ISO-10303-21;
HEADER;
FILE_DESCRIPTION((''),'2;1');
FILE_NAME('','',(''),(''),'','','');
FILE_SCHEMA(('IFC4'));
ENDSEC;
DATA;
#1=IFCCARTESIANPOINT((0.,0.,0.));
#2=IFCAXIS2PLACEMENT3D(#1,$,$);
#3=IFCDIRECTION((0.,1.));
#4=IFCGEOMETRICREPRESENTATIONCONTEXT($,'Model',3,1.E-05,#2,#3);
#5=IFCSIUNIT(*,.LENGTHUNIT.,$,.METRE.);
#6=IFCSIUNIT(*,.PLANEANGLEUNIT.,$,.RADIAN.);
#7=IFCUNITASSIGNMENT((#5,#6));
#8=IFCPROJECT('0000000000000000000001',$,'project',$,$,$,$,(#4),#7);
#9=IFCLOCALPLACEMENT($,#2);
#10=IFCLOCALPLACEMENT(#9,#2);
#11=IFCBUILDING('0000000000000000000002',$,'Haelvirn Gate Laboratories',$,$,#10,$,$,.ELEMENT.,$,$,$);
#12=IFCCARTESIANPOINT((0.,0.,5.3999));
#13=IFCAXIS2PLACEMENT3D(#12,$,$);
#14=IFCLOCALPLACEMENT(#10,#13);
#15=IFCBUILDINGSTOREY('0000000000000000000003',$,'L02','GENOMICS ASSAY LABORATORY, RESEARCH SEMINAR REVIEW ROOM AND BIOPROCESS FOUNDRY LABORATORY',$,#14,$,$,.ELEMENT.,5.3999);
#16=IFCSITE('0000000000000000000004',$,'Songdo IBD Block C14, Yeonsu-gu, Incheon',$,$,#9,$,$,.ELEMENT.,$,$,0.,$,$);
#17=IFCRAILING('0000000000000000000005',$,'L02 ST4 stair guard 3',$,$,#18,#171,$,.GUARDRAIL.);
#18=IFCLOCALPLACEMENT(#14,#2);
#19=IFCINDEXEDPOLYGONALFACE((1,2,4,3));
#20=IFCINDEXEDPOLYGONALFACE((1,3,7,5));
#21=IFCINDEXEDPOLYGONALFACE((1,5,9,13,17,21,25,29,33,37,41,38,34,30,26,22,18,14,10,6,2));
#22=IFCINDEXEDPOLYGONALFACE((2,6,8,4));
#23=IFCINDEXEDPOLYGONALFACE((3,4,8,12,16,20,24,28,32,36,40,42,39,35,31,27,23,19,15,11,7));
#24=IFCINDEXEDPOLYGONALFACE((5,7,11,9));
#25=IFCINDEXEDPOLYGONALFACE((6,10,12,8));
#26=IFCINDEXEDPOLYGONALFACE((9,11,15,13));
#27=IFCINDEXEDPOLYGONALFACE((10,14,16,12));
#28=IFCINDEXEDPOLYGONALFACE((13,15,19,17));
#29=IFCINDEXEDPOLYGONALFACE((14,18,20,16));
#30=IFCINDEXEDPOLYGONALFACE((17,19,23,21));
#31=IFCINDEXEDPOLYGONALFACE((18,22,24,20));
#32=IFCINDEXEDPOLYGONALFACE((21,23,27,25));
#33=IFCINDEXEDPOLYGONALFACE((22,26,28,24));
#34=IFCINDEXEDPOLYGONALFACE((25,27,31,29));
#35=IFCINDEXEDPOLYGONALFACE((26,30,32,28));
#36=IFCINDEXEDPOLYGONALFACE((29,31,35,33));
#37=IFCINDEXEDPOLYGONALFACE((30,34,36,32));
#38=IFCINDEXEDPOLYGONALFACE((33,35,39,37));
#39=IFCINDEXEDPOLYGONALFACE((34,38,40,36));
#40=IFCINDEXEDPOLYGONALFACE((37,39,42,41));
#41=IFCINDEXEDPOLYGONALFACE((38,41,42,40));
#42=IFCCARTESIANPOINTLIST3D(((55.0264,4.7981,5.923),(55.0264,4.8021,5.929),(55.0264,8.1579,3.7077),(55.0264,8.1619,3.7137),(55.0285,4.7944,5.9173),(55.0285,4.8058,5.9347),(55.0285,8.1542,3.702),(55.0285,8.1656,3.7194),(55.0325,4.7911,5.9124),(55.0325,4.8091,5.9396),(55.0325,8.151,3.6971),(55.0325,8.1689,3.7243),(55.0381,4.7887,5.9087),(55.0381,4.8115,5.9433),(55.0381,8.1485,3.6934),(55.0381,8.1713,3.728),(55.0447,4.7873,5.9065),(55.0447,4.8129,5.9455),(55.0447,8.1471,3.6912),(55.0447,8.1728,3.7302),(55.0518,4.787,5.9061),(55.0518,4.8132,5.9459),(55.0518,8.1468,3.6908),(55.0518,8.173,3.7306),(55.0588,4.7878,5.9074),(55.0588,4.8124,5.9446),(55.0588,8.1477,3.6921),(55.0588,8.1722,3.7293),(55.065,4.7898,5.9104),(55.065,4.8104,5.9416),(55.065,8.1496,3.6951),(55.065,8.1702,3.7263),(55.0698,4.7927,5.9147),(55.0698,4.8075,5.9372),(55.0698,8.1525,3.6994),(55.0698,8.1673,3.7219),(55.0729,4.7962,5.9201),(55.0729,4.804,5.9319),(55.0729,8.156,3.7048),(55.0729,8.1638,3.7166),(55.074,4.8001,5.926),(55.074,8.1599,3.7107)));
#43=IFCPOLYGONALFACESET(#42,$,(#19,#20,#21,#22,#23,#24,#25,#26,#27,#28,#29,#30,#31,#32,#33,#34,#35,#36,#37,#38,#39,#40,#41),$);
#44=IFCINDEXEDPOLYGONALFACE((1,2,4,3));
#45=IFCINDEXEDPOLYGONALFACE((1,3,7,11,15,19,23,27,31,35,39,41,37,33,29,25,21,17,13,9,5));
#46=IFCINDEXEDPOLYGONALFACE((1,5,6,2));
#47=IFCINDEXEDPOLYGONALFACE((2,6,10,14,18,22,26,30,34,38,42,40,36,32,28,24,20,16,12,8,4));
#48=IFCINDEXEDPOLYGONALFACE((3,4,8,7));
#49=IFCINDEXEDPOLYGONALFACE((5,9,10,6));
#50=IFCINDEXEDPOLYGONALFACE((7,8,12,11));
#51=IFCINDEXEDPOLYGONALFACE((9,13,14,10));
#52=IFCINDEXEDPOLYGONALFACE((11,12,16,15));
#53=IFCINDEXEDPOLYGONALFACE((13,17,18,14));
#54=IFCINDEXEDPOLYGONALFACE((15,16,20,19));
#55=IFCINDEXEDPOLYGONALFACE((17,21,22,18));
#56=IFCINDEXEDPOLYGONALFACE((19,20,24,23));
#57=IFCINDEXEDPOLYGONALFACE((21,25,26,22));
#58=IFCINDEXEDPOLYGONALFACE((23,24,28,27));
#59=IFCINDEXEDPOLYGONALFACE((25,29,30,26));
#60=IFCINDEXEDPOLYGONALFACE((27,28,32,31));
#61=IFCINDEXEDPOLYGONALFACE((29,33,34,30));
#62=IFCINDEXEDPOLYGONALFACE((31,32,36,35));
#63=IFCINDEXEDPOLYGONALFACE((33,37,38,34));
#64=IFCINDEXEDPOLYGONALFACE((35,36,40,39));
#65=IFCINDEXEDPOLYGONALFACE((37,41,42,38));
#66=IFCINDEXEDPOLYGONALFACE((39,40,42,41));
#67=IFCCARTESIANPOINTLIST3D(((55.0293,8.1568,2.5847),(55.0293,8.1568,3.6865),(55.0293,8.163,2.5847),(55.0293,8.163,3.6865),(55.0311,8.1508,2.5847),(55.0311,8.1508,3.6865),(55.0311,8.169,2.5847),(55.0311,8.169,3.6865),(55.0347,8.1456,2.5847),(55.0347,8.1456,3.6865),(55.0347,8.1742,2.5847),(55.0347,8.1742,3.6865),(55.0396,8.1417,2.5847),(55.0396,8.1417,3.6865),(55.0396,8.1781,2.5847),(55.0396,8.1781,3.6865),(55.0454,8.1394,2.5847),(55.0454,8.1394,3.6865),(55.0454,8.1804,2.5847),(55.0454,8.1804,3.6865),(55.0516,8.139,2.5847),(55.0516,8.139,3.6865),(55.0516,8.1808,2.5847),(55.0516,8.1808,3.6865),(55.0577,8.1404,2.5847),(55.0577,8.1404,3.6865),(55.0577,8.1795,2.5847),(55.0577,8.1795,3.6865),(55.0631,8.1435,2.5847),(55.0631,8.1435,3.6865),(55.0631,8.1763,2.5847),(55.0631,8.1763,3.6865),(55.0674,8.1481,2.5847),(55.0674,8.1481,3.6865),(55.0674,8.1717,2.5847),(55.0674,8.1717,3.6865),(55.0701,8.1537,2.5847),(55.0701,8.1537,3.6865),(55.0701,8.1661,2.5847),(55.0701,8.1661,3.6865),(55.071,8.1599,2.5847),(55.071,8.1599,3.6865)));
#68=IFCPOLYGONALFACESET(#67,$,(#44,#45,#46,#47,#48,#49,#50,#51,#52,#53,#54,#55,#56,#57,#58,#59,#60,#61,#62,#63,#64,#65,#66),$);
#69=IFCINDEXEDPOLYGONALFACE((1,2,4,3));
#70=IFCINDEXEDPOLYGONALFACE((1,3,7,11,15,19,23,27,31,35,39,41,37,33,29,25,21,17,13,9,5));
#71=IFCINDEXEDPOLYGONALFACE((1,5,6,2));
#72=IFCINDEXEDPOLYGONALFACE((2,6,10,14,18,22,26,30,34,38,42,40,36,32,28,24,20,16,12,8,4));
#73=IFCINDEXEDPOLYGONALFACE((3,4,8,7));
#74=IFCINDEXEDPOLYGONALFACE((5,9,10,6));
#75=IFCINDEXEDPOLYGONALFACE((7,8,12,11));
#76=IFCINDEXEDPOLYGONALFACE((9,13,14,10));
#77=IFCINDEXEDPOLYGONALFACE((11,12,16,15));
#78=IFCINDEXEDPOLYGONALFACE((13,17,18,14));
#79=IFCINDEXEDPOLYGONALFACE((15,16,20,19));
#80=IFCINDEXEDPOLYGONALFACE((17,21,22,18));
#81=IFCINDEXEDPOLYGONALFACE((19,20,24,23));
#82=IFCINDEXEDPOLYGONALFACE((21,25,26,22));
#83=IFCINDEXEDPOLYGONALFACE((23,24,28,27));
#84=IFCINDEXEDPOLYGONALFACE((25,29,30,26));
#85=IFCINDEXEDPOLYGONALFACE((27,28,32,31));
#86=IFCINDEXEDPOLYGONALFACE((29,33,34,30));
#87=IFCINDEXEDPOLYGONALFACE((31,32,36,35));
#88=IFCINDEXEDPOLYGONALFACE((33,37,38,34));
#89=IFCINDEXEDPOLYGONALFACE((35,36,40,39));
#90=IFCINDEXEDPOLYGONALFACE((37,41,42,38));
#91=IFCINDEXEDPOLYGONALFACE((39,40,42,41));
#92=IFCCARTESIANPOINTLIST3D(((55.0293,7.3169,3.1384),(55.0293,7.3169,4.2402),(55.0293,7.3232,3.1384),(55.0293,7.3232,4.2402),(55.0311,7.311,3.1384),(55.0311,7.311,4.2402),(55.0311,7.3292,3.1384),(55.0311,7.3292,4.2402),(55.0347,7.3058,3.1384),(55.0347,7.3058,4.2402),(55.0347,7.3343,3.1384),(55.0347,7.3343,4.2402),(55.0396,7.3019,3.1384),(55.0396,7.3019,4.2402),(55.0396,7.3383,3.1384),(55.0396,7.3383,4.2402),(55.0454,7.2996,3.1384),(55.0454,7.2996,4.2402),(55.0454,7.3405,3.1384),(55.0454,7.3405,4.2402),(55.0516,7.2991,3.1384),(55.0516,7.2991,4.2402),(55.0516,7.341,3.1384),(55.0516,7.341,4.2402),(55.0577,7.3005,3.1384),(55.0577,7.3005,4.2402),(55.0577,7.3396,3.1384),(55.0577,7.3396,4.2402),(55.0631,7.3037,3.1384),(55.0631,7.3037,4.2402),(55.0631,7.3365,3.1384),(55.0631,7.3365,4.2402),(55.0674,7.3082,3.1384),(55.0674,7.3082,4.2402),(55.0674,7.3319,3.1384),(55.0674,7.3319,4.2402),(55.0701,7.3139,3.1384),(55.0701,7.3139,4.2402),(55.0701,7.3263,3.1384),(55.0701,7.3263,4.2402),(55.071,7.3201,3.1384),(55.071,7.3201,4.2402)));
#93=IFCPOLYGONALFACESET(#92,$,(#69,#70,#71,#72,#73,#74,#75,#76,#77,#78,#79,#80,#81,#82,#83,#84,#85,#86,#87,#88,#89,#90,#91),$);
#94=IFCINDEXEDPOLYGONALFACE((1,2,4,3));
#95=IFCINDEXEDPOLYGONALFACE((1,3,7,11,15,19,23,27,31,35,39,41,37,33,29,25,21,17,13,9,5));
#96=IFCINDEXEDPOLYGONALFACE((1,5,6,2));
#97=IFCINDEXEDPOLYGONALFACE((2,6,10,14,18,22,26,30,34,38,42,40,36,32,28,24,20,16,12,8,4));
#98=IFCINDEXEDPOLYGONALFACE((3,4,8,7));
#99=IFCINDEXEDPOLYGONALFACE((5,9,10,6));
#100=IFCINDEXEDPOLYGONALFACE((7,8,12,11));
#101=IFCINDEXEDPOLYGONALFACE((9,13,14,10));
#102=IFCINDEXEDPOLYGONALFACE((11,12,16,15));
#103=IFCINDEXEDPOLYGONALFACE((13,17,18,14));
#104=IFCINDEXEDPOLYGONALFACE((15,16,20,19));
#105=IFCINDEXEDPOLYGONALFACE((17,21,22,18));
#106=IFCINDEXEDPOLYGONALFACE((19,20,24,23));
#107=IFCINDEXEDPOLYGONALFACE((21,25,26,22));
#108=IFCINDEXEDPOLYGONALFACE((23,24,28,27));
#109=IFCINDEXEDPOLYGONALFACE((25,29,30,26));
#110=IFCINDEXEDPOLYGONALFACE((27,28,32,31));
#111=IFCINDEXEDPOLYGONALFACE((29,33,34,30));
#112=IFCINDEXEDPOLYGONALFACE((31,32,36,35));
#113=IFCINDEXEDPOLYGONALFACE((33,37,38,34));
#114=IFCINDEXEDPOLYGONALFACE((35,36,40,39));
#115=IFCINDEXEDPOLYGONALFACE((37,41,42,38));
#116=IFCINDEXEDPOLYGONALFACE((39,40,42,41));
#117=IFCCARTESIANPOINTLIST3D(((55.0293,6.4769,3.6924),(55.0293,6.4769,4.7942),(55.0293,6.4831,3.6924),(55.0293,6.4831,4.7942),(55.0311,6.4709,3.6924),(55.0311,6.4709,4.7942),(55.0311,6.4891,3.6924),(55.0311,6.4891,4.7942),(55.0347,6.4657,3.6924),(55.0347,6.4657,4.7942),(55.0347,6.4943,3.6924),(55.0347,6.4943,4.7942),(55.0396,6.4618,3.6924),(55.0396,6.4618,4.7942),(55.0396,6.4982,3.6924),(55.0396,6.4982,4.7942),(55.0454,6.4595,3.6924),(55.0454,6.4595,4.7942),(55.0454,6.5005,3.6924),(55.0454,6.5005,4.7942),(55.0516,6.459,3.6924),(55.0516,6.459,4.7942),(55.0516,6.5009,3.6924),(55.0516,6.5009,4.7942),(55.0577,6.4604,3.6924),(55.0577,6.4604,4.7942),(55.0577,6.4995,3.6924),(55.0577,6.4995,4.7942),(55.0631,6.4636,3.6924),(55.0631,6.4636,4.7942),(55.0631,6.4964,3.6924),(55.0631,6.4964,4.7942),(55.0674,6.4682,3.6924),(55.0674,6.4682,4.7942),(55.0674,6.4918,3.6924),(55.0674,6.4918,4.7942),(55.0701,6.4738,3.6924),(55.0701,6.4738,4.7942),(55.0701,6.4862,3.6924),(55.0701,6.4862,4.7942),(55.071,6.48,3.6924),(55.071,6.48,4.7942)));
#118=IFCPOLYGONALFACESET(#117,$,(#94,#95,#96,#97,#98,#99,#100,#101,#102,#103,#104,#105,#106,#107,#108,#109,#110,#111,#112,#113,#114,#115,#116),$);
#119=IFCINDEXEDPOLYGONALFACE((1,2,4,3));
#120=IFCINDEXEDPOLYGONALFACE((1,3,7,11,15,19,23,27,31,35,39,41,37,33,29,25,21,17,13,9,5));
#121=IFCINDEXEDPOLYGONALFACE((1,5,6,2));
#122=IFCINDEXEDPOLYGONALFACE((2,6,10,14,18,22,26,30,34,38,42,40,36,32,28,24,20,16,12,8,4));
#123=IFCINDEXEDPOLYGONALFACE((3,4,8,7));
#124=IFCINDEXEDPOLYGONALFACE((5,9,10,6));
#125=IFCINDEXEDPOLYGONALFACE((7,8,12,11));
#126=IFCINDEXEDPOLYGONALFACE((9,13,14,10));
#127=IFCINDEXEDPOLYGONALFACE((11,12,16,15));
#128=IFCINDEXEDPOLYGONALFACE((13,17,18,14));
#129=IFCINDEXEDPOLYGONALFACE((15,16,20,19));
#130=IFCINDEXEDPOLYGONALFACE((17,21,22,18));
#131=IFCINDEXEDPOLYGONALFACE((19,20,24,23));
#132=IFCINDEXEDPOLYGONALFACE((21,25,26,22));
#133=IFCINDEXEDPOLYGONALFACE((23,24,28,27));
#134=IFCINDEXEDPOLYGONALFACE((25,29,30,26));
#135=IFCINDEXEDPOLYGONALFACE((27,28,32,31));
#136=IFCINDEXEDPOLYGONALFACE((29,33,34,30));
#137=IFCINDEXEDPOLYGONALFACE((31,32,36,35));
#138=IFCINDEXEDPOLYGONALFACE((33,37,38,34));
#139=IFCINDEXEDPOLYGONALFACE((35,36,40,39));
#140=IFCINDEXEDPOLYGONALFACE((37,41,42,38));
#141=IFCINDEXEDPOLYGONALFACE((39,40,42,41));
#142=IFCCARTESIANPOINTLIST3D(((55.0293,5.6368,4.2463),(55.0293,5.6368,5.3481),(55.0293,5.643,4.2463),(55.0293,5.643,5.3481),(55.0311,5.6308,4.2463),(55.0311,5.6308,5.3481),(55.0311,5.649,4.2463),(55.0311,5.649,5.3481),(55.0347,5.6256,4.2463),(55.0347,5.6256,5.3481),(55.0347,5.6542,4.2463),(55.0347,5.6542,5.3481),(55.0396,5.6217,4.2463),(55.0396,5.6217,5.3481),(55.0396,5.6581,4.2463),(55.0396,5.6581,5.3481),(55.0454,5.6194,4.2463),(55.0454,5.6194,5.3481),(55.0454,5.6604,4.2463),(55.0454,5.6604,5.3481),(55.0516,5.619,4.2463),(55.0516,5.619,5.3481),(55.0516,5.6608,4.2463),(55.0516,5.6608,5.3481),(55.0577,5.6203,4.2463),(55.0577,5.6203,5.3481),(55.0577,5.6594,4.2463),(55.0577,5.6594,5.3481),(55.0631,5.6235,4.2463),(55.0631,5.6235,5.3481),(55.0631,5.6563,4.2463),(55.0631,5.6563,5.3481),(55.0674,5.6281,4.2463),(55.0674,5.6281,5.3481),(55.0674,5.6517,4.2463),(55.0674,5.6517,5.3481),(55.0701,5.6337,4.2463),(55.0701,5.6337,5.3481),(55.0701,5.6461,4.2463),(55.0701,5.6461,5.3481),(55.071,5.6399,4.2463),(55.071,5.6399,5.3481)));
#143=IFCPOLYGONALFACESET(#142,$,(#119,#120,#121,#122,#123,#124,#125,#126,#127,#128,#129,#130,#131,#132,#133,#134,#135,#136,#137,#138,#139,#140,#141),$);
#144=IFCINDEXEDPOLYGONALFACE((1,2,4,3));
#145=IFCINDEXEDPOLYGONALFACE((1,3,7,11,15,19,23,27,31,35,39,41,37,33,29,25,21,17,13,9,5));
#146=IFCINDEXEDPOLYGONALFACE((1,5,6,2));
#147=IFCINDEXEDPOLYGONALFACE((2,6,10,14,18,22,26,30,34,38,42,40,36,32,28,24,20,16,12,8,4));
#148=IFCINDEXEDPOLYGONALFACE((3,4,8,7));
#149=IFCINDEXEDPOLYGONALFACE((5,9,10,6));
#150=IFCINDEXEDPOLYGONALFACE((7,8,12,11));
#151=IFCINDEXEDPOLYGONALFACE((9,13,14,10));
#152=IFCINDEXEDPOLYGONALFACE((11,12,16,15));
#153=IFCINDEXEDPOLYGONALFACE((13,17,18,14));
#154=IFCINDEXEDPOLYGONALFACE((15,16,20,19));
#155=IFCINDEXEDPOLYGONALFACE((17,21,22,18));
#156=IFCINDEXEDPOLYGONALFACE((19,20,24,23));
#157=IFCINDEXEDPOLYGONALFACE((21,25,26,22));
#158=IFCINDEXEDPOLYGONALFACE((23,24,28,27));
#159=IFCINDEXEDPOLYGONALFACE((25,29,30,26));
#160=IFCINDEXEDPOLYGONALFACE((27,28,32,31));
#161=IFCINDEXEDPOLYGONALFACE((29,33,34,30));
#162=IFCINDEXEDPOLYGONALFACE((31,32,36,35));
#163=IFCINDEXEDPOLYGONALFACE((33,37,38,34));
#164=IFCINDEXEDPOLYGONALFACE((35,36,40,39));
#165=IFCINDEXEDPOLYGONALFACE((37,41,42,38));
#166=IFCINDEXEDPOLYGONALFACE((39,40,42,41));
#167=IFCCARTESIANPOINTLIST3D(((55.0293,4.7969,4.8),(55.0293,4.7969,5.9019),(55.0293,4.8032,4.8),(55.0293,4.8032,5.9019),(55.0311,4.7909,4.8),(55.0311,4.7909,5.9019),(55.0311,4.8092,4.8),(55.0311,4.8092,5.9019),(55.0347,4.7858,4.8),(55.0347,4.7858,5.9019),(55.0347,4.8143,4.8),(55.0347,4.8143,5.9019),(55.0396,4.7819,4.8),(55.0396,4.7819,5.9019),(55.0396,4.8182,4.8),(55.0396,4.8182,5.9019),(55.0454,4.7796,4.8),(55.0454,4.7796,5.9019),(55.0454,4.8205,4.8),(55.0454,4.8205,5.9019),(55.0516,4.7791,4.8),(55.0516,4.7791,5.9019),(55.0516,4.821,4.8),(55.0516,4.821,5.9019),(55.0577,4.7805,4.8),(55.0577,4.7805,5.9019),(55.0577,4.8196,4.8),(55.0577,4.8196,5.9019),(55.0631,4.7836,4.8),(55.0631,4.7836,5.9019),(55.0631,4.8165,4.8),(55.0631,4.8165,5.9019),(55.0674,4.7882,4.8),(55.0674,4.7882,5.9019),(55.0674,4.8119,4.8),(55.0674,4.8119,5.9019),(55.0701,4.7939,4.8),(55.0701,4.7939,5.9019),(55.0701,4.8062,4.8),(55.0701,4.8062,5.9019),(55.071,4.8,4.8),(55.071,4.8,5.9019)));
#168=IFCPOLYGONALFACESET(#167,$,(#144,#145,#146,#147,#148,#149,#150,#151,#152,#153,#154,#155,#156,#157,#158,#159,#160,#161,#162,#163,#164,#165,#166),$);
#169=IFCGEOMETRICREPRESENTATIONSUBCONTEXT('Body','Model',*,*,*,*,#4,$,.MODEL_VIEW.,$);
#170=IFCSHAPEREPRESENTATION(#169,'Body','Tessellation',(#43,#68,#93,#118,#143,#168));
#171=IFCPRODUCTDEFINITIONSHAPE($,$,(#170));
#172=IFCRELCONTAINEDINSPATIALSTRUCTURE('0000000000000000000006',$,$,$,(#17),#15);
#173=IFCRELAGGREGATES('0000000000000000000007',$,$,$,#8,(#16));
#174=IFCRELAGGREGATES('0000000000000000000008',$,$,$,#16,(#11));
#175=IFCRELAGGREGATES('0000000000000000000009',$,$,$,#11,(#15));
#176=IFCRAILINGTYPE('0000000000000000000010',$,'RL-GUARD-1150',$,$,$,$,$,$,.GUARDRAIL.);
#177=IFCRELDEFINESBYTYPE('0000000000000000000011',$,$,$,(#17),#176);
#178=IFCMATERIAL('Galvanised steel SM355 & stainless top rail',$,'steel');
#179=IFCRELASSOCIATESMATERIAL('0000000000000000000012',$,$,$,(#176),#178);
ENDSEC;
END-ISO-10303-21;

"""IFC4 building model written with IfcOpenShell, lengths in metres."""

from ifc_helpers import new_model, si_unit, direction, frame, origin, origin_2d, place, context, subcontext, project, spatial, circle, extrude, source, transform, mapped, material, type_object, element, save


model = new_model("IFC4")

# Units and contexts
model_context = context("Model", 3, precision=1e-05, world=origin(), true_north=direction((0.0, 1.0)))
body_context = subcontext(model_context, "Body", "Model", "MODEL_VIEW")
ifc_project = project(units=[si_unit("LENGTHUNIT", "METRE"), si_unit("PLANEANGLEUNIT", "RADIAN")], contexts=[model_context])

# Site, building, storey
site_placement = place(None, origin())
site = spatial("IfcSite", under=ifc_project, at=site_placement, Name="Songdo IBD Block C14, Yeonsu-gu, Incheon", CompositionType="ELEMENT", RefElevation=0.0)
building_placement = place(site_placement, origin())
building = spatial("IfcBuilding", under=site, at=building_placement, Name="Haelvirn Gate Laboratories", CompositionType="ELEMENT")
storey_placement = place(building_placement, frame((0.0, 0.0, 5.3999)))
storey = spatial("IfcBuildingStorey", under=building, at=storey_placement, Name="L02", Description="GENOMICS ASSAY LABORATORY, RESEARCH SEMINAR REVIEW ROOM AND BIOPROCESS FOUNDRY LABORATORY", CompositionType="ELEMENT", Elevation=5.3999)

# Railing
ifc_material_1 = material(Name="Galvanised steel SM355 & stainless top rail", Category="steel")
railing_type_1 = type_object("IfcRailingType", Name="RL-GUARD-1150", PredefinedType="GUARDRAIL", material=ifc_material_1)
shared_shape_1 = source(origin(), body_context, "Body", "SweptSolid", [
    extrude(circle(Radius=0.0239, at=origin_2d()), frame((0.0, 0.0, 1.126), z_axis=(0.0, -0.834858, 0.550465), x_axis=(1.0, 0.0, 0.0)), (0.0, 0.0, 1.0), 4.0244),
    extrude(circle(Radius=0.021, at=origin_2d()), origin(), (0.0, 0.0, 1.0), 1.1018),
    extrude(circle(Radius=0.021, at=origin_2d()), frame((0.0, -0.8398, 0.5537)), (0.0, 0.0, 1.0), 1.1018),
    extrude(circle(Radius=0.021, at=origin_2d()), frame((0.0, -1.6799, 1.1077)), (0.0, 0.0, 1.0), 1.1018),
    extrude(circle(Radius=0.021, at=origin_2d()), frame((0.0, -2.52, 1.6616)), (0.0, 0.0, 1.0), 1.1018),
    extrude(circle(Radius=0.021, at=origin_2d()), frame((0.0, -3.3599, 2.2153)), (0.0, 0.0, 1.0), 1.1018),
])
railing_1_placement = place(storey_placement, frame((55.05, 8.1599, 2.5847)))
element("IfcRailing", 1, at=railing_1_placement, inside=storey, type_object=railing_type_1, Name="L02 ST4 stair guard 3", PredefinedType="GUARDRAIL", context=body_context, shape_type="MappedRepresentation", body=[
    mapped(shared_shape_1, transform((0.0, 0.0, 0.0), scale=1.0)),
])

save(model, "model.ifc")
